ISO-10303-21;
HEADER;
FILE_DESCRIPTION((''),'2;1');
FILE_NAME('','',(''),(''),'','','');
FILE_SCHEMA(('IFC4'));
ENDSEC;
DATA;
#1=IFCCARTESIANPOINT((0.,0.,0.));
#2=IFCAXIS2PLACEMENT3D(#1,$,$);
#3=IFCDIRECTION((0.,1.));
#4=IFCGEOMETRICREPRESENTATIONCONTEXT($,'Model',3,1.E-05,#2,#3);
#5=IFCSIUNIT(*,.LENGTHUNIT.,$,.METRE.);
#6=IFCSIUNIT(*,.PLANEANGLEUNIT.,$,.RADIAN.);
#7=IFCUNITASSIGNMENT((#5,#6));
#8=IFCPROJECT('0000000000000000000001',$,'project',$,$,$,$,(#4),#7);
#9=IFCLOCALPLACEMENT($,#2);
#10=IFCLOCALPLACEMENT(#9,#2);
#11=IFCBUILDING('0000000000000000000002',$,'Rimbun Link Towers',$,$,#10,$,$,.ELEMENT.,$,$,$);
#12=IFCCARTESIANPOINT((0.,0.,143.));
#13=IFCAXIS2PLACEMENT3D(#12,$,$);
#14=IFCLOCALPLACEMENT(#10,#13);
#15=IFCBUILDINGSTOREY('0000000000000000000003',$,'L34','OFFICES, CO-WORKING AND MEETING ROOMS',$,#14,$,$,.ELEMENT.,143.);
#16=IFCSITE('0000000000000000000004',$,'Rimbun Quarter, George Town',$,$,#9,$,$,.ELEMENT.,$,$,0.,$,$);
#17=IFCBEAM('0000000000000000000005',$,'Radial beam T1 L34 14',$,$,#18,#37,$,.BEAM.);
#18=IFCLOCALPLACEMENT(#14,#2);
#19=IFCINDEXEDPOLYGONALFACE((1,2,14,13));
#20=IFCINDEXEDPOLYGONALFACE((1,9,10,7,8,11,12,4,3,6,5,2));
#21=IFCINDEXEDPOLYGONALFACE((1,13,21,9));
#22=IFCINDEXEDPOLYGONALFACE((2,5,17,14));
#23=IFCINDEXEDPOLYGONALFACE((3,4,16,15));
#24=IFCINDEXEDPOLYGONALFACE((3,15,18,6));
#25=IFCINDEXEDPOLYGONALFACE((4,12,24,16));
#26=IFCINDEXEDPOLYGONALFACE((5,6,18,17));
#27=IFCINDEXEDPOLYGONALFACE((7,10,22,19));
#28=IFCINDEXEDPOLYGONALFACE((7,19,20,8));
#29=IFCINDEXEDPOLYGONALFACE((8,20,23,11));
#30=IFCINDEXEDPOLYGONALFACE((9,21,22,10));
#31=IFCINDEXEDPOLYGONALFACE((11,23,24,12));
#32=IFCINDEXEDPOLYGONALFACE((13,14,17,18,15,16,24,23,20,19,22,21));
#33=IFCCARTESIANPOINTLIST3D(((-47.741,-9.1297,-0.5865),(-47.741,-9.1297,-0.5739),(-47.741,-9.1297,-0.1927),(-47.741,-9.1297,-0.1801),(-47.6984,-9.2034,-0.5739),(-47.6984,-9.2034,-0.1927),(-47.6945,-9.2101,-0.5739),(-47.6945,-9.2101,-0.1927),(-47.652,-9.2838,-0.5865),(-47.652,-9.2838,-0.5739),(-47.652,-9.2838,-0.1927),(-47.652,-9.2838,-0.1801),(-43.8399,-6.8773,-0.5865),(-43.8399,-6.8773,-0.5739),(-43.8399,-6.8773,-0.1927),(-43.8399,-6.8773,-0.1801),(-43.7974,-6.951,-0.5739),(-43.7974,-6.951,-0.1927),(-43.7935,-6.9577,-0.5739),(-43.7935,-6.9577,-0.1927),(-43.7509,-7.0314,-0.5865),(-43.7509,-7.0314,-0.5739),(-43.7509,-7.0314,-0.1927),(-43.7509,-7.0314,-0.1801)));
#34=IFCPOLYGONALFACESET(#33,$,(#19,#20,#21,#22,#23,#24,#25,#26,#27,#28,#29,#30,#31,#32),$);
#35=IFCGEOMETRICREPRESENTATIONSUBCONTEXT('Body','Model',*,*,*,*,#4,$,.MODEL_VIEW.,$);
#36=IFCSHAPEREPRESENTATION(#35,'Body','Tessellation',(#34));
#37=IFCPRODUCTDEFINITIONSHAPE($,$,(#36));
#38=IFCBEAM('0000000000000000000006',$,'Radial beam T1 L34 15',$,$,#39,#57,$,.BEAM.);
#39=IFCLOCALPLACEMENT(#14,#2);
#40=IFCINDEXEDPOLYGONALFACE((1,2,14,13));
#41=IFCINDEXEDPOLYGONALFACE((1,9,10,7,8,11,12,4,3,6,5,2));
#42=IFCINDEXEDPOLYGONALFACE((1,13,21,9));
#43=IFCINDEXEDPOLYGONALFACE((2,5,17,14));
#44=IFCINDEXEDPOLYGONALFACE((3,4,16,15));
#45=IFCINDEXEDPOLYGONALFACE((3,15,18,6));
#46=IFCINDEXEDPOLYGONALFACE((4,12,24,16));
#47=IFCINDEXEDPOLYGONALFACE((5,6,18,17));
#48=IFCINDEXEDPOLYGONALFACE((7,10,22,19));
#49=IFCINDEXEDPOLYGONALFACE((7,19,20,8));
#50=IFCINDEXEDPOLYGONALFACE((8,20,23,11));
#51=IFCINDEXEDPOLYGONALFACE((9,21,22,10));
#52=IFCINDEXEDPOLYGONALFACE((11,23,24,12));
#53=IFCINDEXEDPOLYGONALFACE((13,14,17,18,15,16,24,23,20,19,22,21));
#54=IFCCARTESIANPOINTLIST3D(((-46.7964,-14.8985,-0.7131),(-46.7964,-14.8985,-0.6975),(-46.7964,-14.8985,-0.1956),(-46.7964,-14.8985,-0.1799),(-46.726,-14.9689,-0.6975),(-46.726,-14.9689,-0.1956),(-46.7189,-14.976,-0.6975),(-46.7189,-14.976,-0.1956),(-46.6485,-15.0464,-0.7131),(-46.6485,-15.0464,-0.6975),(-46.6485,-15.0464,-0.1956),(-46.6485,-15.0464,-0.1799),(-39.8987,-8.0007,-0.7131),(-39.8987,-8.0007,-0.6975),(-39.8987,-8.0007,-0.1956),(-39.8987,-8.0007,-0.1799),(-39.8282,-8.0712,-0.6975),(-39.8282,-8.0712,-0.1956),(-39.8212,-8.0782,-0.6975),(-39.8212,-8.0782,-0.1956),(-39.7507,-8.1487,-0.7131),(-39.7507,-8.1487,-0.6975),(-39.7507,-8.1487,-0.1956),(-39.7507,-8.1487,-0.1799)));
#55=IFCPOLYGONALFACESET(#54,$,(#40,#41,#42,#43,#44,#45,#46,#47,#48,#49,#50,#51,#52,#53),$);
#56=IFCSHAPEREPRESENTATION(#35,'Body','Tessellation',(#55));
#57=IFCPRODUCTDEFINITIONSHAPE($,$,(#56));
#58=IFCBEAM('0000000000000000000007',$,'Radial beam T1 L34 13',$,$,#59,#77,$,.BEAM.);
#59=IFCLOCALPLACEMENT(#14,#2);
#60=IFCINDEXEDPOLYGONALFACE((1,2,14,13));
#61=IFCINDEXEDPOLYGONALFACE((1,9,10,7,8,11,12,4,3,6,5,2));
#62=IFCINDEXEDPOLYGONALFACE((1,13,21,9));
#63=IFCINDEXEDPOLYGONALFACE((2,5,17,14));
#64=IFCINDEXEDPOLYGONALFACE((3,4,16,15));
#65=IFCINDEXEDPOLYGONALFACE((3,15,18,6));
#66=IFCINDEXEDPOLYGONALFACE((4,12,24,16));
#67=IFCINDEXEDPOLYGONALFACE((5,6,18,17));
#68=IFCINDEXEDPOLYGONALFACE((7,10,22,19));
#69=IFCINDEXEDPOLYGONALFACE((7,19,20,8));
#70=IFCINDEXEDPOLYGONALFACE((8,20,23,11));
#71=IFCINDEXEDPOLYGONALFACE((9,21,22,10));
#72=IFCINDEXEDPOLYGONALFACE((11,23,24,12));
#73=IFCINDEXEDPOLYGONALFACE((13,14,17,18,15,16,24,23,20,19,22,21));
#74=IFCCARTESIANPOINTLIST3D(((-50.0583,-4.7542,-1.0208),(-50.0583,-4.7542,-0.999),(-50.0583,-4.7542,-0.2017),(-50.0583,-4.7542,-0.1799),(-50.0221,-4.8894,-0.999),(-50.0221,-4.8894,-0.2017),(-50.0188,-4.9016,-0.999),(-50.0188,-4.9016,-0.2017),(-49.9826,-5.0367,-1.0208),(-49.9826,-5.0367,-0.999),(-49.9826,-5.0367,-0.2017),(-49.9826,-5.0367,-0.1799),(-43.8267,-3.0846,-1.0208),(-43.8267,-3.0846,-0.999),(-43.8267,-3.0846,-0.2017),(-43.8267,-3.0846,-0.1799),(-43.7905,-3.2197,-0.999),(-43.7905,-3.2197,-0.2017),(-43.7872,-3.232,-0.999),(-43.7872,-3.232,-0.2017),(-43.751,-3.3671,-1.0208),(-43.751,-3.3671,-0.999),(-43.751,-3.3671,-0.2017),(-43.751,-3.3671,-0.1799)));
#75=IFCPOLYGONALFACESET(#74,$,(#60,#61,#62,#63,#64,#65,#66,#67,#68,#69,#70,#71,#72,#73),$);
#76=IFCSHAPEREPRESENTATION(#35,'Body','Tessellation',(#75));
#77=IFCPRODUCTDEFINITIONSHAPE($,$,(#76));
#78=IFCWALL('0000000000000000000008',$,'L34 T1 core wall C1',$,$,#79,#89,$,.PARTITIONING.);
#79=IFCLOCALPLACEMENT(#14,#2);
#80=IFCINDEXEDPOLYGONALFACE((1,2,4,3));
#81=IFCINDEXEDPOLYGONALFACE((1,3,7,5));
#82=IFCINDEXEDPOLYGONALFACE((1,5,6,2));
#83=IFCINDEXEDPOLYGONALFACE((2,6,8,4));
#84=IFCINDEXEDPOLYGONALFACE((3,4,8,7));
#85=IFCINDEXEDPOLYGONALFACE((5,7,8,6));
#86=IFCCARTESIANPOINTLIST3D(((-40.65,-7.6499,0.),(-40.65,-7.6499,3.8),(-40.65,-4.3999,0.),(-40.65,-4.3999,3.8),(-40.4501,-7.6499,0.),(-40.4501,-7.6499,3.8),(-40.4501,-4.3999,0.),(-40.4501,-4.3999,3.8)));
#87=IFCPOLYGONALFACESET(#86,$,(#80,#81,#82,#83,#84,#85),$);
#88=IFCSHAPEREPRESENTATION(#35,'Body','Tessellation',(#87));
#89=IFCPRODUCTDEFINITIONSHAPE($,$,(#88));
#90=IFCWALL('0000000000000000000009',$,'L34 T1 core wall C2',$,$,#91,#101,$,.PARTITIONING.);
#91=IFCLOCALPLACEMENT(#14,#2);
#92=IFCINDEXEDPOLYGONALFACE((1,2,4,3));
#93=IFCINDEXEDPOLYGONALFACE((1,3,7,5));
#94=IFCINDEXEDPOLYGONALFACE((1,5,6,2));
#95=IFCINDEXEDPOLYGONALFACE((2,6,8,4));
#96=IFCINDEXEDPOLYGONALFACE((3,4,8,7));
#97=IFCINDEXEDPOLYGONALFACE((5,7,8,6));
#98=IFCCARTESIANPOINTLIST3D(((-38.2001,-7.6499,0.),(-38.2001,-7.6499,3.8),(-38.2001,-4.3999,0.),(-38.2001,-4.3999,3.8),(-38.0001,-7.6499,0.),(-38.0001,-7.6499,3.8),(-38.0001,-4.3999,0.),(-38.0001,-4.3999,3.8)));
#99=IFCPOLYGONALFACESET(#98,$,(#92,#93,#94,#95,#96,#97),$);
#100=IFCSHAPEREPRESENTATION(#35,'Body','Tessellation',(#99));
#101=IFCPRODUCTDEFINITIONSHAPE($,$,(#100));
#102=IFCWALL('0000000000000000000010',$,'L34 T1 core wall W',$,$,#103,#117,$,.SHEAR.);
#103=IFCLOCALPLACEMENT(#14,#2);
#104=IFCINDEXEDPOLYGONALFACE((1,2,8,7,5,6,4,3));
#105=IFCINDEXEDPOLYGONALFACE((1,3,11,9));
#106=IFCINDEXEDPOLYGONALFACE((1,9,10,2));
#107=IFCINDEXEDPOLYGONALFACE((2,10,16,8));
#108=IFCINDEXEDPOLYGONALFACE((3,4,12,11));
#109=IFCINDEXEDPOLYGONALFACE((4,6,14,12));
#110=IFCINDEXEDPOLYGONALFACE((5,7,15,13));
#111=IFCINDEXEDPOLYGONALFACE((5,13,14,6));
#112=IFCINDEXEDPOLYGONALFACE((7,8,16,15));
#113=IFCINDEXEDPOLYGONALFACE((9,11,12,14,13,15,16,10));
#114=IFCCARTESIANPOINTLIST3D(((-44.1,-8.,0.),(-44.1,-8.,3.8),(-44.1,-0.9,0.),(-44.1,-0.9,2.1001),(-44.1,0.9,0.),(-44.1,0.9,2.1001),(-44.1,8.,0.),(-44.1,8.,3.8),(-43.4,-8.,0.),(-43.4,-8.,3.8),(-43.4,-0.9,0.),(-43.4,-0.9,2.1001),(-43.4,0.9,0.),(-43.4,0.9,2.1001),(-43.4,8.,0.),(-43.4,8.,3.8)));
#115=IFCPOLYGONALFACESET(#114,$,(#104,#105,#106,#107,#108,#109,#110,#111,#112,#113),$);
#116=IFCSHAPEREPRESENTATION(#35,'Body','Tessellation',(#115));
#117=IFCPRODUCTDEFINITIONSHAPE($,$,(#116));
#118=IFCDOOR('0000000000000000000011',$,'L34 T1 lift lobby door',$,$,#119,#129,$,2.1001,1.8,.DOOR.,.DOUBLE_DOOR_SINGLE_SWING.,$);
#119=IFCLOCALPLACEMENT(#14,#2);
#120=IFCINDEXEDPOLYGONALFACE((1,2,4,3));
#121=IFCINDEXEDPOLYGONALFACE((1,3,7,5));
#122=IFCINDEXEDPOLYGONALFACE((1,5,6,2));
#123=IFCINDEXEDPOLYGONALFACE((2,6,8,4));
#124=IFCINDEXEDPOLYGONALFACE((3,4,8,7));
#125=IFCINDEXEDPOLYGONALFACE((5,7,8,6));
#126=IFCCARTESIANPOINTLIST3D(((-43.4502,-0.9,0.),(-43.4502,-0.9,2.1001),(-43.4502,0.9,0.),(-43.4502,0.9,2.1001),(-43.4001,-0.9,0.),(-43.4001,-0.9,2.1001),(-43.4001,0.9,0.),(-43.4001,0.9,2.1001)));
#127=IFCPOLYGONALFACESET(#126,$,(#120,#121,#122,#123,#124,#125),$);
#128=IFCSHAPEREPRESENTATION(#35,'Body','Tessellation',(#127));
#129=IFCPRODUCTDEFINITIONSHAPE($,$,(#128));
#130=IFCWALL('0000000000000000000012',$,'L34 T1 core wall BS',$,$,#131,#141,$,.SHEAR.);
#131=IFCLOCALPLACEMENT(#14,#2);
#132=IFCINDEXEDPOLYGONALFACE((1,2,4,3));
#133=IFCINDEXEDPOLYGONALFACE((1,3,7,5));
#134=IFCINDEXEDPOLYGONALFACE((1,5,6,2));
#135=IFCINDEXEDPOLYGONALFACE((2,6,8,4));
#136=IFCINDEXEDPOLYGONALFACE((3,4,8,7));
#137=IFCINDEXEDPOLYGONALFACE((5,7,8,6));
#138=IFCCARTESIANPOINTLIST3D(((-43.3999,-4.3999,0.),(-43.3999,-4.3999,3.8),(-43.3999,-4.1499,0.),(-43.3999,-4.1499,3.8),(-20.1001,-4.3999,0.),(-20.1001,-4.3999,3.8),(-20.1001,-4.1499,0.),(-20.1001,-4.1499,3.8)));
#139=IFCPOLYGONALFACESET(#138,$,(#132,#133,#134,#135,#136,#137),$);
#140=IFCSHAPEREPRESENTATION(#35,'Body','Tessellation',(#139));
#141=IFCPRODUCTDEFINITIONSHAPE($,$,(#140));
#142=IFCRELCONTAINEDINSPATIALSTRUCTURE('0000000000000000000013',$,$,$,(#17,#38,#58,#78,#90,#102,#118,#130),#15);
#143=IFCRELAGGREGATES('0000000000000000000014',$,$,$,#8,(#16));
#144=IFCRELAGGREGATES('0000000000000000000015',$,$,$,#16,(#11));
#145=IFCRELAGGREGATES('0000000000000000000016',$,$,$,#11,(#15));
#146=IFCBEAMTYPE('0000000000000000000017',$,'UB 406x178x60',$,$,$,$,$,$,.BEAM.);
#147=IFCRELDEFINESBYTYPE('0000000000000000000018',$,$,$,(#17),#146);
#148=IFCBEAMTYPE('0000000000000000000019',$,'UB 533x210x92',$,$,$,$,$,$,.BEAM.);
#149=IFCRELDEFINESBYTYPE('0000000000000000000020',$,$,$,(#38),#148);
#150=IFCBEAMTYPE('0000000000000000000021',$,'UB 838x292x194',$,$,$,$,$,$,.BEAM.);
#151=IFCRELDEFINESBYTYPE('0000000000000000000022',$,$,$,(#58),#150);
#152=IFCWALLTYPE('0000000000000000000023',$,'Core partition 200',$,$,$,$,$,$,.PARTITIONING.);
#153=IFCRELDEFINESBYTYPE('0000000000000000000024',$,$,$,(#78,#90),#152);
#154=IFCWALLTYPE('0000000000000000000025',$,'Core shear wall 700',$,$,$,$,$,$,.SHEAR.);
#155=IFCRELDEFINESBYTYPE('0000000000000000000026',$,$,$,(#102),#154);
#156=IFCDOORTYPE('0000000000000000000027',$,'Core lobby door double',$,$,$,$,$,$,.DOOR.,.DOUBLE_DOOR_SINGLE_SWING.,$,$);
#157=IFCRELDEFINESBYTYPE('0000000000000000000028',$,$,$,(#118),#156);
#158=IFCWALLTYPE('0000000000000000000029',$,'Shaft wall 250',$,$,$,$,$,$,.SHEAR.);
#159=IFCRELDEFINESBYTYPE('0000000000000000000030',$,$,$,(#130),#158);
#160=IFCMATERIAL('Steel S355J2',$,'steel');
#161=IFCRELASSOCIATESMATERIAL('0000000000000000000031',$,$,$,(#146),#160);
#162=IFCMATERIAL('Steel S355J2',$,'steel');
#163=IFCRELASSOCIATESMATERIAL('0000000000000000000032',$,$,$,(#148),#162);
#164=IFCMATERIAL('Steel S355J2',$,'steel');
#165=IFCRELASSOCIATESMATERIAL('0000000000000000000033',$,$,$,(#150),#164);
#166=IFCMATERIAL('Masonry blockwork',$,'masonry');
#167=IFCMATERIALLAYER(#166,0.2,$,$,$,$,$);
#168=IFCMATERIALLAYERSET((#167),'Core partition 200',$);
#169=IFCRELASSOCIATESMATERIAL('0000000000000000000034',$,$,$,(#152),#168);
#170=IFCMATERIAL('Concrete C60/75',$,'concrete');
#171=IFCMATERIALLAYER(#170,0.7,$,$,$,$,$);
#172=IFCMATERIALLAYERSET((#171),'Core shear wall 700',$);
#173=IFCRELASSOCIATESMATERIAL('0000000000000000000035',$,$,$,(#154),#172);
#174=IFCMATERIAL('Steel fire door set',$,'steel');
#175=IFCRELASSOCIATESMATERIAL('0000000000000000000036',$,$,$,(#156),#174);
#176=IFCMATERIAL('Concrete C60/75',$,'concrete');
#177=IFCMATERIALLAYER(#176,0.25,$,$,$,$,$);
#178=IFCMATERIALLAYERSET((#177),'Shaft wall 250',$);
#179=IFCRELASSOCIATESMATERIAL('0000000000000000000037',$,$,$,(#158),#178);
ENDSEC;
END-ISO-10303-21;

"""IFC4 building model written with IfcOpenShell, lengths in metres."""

from ifc_helpers import new_model, si_unit, direction, frame, frame_2d, origin, origin_2d, place, context, subcontext, project, spatial, rectangle, i_section, extrude, material, layer, layer_set, material_profile, profile_set, type_object, element, fill, save


model = new_model("IFC4")

# Units and contexts
model_context = context("Model", 3, precision=1e-05, world=origin(), true_north=direction((0.0, 1.0)))
body_context = subcontext(model_context, "Body", "Model", "MODEL_VIEW")
ifc_project = project(units=[si_unit("LENGTHUNIT", "METRE"), si_unit("PLANEANGLEUNIT", "RADIAN")], contexts=[model_context])

# Site, building, storey
site_placement = place(None, origin())
site = spatial("IfcSite", under=ifc_project, at=site_placement, Name="Rimbun Quarter, George Town", CompositionType="ELEMENT", RefElevation=0.0)
building_placement = place(site_placement, origin())
building = spatial("IfcBuilding", under=site, at=building_placement, Name="Rimbun Link Towers", CompositionType="ELEMENT")
storey_placement = place(building_placement, frame((0.0, 0.0, 143.0)))
storey = spatial("IfcBuildingStorey", under=building, at=storey_placement, Name="L34", Description="OFFICES, CO-WORKING AND MEETING ROOMS", CompositionType="ELEMENT", Elevation=143.0)

# Beams
ifc_material_1 = material(Name="Steel S355J2", Category="steel")
ifc_material_profile_1 = material_profile(ifc_material_1, i_section(OverallWidth=0.178, OverallDepth=0.4065, WebThickness=0.0078, FlangeThickness=0.0127, at=origin_2d()), Name="UB 406x178x60")
ifc_profile_set_1 = profile_set([ifc_material_profile_1], Name="Steel S355J2")
beam_type_1 = type_object("IfcBeamType", Name="UB 406x178x60", PredefinedType="BEAM", material=ifc_profile_set_1)
beam_1_placement = place(storey_placement, frame((-43.7954, -6.9543, -0.3833), z_axis=(-0.866013, -0.500021, 0.0), x_axis=(0.500021, -0.866013, 0.0)))
element("IfcBeam", 1, at=beam_1_placement, inside=storey, type_object=beam_type_1, Name="Radial beam T1 L34 14", PredefinedType="BEAM", context=body_context, shape_type="SweptSolid", body=[
    extrude(i_section(OverallWidth=0.178, OverallDepth=0.4065, WebThickness=0.0078, FlangeThickness=0.0127, at=origin_2d()), origin(), (0.0, 0.0, 1.0), 4.5046),
])
ifc_material_2 = material(Name="Steel S355J2", Category="steel")
ifc_material_profile_2 = material_profile(ifc_material_2, i_section(OverallWidth=0.2092, OverallDepth=0.5332, WebThickness=0.01, FlangeThickness=0.0156, at=origin_2d()), Name="UB 533x210x92")
ifc_profile_set_2 = profile_set([ifc_material_profile_2], Name="Steel S355J2")
beam_type_2 = type_object("IfcBeamType", Name="UB 533x210x92", PredefinedType="BEAM", material=ifc_profile_set_2)
beam_2_placement = place(storey_placement, frame((-39.8247, -8.0747, -0.4465), z_axis=(-0.707107, -0.707107, 0.0), x_axis=(0.707107, -0.707107, 0.0)))
element("IfcBeam", 2, at=beam_2_placement, inside=storey, type_object=beam_type_2, Name="Radial beam T1 L34 15", PredefinedType="BEAM", context=body_context, shape_type="SweptSolid", body=[
    extrude(i_section(OverallWidth=0.2092, OverallDepth=0.5332, WebThickness=0.01, FlangeThickness=0.0156, at=origin_2d()), origin(), (0.0, 0.0, 1.0), 9.7549),
])
ifc_material_3 = material(Name="Steel S355J2", Category="steel")
ifc_material_profile_3 = material_profile(ifc_material_3, i_section(OverallWidth=0.2925, OverallDepth=0.8408, WebThickness=0.0127, FlangeThickness=0.0217, at=origin_2d()), Name="UB 838x292x194")
ifc_profile_set_3 = profile_set([ifc_material_profile_3], Name="Steel S355J2")
beam_type_3 = type_object("IfcBeamType", Name="UB 838x292x194", PredefinedType="BEAM", material=ifc_profile_set_3)
beam_3_placement = place(storey_placement, frame((-43.7888, -3.2258, -0.6003), z_axis=(-0.96593, -0.258805, 0.0), x_axis=(0.258805, -0.96593, 0.0)))
element("IfcBeam", 3, at=beam_3_placement, inside=storey, type_object=beam_type_3, Name="Radial beam T1 L34 13", PredefinedType="BEAM", context=body_context, shape_type="SweptSolid", body=[
    extrude(i_section(OverallWidth=0.2925, OverallDepth=0.8408, WebThickness=0.0127, FlangeThickness=0.0217, at=origin_2d()), origin(), (0.0, 0.0, 1.0), 6.4514),
])

# Walls
ifc_material_4 = material(Name="Masonry blockwork", Category="masonry")
ifc_layer_1 = layer(ifc_material_4, 0.2)
ifc_layer_set_1 = layer_set([ifc_layer_1], Name="Core partition 200")
wall_type_1 = type_object("IfcWallType", Name="Core partition 200", PredefinedType="PARTITIONING", material=ifc_layer_set_1)
for number, where, z_axis, x_axis, name in (
    (4, (-40.55, -4.3999, 0.0), (0.0, 0.0, 1.0), (0.0, -1.0, 0.0), "L34 T1 core wall C1"),
    (5, (-38.1001, -4.3999, 0.0), (0.0, 0.0, 1.0), (0.0, -1.0, 0.0), "L34 T1 core wall C2"),
):
    element("IfcWall", number, at=place(storey_placement, frame(where, z_axis=z_axis, x_axis=x_axis)), inside=storey, type_object=wall_type_1, Name=name, PredefinedType="PARTITIONING", context=body_context, shape_type="SweptSolid", body=[
        extrude(rectangle(XDim=3.25, YDim=0.2, at=frame_2d((1.625, 0.0))), origin(), (0.0, 0.0, 1.0), 3.8),
    ])

# Wall, opening, door
ifc_material_5 = material(Name="Concrete C60/75", Category="concrete")
ifc_layer_2 = layer(ifc_material_5, 0.7)
ifc_layer_set_2 = layer_set([ifc_layer_2], Name="Core shear wall 700")
wall_type_2 = type_object("IfcWallType", Name="Core shear wall 700", PredefinedType="SHEAR", material=ifc_layer_set_2)
wall_1_placement = place(storey_placement, frame((-43.75, -8.0, 0.0), z_axis=(0.0, 0.0, 1.0), x_axis=(0.0, 1.0, 0.0)))
wall_1 = element("IfcWall", 6, at=wall_1_placement, inside=storey, type_object=wall_type_2, Name="L34 T1 core wall W", PredefinedType="SHEAR", context=body_context, shape_type="SweptSolid", body=[
    extrude(rectangle(XDim=16.0, YDim=0.7, at=frame_2d((8.0, 0.0))), origin(), (0.0, 0.0, 1.0), 3.8),
])
opening_1_placement = place(wall_1_placement, frame((7.1001, 0.0, 0.0)))
opening_1 = element("IfcOpeningElement", 7, at=opening_1_placement, cuts=wall_1, PredefinedType="OPENING", context=body_context, shape_type="SweptSolid", body=[
    extrude(rectangle(XDim=1.8, YDim=2.1001, at=frame_2d((0.8999, 1.05))), frame((0.0, 0.3599, 0.0), z_axis=(0.0, -1.0, 0.0), x_axis=(1.0, 0.0, 0.0)), (0.0, 0.0, 1.0), 0.72),
])
ifc_material_6 = material(Name="Steel fire door set", Category="steel")
door_type_1 = type_object("IfcDoorType", Name="Core lobby door double", OperationType="DOUBLE_DOOR_SINGLE_SWING", PredefinedType="DOOR", material=ifc_material_6)
door_1_placement = place(opening_1_placement, origin())
door_1 = element("IfcDoor", 8, at=door_1_placement, inside=storey, type_object=door_type_1, Name="L34 T1 lift lobby door", OperationType="DOUBLE_DOOR_SINGLE_SWING", OverallHeight=2.1001, OverallWidth=1.8, PredefinedType="DOOR", context=body_context, shape_type="SweptSolid", body=[
    extrude(rectangle(XDim=1.8, YDim=2.1001, at=frame_2d((0.8999, 1.05))), frame((0.0, -0.2998, 0.0), z_axis=(0.0, -1.0, 0.0), x_axis=(1.0, 0.0, 0.0)), (0.0, 0.0, 1.0), 0.05),
])
fill(opening_1, door_1)

# Wall
ifc_material_7 = material(Name="Concrete C60/75", Category="concrete")
ifc_layer_3 = layer(ifc_material_7, 0.25)
ifc_layer_set_3 = layer_set([ifc_layer_3], Name="Shaft wall 250")
wall_type_3 = type_object("IfcWallType", Name="Shaft wall 250", PredefinedType="SHEAR", material=ifc_layer_set_3)
wall_2_placement = place(storey_placement, frame((-43.3999, -4.2749, 0.0), z_axis=(0.0, 0.0, 1.0), x_axis=(1.0, 0.0, 0.0)))
element("IfcWall", 9, at=wall_2_placement, inside=storey, type_object=wall_type_3, Name="L34 T1 core wall BS", PredefinedType="SHEAR", context=body_context, shape_type="SweptSolid", body=[
    extrude(rectangle(XDim=23.2998, YDim=0.25, at=frame_2d((11.6499, 0.0))), origin(), (0.0, 0.0, 1.0), 3.8),
])

save(model, "model.ifc")
